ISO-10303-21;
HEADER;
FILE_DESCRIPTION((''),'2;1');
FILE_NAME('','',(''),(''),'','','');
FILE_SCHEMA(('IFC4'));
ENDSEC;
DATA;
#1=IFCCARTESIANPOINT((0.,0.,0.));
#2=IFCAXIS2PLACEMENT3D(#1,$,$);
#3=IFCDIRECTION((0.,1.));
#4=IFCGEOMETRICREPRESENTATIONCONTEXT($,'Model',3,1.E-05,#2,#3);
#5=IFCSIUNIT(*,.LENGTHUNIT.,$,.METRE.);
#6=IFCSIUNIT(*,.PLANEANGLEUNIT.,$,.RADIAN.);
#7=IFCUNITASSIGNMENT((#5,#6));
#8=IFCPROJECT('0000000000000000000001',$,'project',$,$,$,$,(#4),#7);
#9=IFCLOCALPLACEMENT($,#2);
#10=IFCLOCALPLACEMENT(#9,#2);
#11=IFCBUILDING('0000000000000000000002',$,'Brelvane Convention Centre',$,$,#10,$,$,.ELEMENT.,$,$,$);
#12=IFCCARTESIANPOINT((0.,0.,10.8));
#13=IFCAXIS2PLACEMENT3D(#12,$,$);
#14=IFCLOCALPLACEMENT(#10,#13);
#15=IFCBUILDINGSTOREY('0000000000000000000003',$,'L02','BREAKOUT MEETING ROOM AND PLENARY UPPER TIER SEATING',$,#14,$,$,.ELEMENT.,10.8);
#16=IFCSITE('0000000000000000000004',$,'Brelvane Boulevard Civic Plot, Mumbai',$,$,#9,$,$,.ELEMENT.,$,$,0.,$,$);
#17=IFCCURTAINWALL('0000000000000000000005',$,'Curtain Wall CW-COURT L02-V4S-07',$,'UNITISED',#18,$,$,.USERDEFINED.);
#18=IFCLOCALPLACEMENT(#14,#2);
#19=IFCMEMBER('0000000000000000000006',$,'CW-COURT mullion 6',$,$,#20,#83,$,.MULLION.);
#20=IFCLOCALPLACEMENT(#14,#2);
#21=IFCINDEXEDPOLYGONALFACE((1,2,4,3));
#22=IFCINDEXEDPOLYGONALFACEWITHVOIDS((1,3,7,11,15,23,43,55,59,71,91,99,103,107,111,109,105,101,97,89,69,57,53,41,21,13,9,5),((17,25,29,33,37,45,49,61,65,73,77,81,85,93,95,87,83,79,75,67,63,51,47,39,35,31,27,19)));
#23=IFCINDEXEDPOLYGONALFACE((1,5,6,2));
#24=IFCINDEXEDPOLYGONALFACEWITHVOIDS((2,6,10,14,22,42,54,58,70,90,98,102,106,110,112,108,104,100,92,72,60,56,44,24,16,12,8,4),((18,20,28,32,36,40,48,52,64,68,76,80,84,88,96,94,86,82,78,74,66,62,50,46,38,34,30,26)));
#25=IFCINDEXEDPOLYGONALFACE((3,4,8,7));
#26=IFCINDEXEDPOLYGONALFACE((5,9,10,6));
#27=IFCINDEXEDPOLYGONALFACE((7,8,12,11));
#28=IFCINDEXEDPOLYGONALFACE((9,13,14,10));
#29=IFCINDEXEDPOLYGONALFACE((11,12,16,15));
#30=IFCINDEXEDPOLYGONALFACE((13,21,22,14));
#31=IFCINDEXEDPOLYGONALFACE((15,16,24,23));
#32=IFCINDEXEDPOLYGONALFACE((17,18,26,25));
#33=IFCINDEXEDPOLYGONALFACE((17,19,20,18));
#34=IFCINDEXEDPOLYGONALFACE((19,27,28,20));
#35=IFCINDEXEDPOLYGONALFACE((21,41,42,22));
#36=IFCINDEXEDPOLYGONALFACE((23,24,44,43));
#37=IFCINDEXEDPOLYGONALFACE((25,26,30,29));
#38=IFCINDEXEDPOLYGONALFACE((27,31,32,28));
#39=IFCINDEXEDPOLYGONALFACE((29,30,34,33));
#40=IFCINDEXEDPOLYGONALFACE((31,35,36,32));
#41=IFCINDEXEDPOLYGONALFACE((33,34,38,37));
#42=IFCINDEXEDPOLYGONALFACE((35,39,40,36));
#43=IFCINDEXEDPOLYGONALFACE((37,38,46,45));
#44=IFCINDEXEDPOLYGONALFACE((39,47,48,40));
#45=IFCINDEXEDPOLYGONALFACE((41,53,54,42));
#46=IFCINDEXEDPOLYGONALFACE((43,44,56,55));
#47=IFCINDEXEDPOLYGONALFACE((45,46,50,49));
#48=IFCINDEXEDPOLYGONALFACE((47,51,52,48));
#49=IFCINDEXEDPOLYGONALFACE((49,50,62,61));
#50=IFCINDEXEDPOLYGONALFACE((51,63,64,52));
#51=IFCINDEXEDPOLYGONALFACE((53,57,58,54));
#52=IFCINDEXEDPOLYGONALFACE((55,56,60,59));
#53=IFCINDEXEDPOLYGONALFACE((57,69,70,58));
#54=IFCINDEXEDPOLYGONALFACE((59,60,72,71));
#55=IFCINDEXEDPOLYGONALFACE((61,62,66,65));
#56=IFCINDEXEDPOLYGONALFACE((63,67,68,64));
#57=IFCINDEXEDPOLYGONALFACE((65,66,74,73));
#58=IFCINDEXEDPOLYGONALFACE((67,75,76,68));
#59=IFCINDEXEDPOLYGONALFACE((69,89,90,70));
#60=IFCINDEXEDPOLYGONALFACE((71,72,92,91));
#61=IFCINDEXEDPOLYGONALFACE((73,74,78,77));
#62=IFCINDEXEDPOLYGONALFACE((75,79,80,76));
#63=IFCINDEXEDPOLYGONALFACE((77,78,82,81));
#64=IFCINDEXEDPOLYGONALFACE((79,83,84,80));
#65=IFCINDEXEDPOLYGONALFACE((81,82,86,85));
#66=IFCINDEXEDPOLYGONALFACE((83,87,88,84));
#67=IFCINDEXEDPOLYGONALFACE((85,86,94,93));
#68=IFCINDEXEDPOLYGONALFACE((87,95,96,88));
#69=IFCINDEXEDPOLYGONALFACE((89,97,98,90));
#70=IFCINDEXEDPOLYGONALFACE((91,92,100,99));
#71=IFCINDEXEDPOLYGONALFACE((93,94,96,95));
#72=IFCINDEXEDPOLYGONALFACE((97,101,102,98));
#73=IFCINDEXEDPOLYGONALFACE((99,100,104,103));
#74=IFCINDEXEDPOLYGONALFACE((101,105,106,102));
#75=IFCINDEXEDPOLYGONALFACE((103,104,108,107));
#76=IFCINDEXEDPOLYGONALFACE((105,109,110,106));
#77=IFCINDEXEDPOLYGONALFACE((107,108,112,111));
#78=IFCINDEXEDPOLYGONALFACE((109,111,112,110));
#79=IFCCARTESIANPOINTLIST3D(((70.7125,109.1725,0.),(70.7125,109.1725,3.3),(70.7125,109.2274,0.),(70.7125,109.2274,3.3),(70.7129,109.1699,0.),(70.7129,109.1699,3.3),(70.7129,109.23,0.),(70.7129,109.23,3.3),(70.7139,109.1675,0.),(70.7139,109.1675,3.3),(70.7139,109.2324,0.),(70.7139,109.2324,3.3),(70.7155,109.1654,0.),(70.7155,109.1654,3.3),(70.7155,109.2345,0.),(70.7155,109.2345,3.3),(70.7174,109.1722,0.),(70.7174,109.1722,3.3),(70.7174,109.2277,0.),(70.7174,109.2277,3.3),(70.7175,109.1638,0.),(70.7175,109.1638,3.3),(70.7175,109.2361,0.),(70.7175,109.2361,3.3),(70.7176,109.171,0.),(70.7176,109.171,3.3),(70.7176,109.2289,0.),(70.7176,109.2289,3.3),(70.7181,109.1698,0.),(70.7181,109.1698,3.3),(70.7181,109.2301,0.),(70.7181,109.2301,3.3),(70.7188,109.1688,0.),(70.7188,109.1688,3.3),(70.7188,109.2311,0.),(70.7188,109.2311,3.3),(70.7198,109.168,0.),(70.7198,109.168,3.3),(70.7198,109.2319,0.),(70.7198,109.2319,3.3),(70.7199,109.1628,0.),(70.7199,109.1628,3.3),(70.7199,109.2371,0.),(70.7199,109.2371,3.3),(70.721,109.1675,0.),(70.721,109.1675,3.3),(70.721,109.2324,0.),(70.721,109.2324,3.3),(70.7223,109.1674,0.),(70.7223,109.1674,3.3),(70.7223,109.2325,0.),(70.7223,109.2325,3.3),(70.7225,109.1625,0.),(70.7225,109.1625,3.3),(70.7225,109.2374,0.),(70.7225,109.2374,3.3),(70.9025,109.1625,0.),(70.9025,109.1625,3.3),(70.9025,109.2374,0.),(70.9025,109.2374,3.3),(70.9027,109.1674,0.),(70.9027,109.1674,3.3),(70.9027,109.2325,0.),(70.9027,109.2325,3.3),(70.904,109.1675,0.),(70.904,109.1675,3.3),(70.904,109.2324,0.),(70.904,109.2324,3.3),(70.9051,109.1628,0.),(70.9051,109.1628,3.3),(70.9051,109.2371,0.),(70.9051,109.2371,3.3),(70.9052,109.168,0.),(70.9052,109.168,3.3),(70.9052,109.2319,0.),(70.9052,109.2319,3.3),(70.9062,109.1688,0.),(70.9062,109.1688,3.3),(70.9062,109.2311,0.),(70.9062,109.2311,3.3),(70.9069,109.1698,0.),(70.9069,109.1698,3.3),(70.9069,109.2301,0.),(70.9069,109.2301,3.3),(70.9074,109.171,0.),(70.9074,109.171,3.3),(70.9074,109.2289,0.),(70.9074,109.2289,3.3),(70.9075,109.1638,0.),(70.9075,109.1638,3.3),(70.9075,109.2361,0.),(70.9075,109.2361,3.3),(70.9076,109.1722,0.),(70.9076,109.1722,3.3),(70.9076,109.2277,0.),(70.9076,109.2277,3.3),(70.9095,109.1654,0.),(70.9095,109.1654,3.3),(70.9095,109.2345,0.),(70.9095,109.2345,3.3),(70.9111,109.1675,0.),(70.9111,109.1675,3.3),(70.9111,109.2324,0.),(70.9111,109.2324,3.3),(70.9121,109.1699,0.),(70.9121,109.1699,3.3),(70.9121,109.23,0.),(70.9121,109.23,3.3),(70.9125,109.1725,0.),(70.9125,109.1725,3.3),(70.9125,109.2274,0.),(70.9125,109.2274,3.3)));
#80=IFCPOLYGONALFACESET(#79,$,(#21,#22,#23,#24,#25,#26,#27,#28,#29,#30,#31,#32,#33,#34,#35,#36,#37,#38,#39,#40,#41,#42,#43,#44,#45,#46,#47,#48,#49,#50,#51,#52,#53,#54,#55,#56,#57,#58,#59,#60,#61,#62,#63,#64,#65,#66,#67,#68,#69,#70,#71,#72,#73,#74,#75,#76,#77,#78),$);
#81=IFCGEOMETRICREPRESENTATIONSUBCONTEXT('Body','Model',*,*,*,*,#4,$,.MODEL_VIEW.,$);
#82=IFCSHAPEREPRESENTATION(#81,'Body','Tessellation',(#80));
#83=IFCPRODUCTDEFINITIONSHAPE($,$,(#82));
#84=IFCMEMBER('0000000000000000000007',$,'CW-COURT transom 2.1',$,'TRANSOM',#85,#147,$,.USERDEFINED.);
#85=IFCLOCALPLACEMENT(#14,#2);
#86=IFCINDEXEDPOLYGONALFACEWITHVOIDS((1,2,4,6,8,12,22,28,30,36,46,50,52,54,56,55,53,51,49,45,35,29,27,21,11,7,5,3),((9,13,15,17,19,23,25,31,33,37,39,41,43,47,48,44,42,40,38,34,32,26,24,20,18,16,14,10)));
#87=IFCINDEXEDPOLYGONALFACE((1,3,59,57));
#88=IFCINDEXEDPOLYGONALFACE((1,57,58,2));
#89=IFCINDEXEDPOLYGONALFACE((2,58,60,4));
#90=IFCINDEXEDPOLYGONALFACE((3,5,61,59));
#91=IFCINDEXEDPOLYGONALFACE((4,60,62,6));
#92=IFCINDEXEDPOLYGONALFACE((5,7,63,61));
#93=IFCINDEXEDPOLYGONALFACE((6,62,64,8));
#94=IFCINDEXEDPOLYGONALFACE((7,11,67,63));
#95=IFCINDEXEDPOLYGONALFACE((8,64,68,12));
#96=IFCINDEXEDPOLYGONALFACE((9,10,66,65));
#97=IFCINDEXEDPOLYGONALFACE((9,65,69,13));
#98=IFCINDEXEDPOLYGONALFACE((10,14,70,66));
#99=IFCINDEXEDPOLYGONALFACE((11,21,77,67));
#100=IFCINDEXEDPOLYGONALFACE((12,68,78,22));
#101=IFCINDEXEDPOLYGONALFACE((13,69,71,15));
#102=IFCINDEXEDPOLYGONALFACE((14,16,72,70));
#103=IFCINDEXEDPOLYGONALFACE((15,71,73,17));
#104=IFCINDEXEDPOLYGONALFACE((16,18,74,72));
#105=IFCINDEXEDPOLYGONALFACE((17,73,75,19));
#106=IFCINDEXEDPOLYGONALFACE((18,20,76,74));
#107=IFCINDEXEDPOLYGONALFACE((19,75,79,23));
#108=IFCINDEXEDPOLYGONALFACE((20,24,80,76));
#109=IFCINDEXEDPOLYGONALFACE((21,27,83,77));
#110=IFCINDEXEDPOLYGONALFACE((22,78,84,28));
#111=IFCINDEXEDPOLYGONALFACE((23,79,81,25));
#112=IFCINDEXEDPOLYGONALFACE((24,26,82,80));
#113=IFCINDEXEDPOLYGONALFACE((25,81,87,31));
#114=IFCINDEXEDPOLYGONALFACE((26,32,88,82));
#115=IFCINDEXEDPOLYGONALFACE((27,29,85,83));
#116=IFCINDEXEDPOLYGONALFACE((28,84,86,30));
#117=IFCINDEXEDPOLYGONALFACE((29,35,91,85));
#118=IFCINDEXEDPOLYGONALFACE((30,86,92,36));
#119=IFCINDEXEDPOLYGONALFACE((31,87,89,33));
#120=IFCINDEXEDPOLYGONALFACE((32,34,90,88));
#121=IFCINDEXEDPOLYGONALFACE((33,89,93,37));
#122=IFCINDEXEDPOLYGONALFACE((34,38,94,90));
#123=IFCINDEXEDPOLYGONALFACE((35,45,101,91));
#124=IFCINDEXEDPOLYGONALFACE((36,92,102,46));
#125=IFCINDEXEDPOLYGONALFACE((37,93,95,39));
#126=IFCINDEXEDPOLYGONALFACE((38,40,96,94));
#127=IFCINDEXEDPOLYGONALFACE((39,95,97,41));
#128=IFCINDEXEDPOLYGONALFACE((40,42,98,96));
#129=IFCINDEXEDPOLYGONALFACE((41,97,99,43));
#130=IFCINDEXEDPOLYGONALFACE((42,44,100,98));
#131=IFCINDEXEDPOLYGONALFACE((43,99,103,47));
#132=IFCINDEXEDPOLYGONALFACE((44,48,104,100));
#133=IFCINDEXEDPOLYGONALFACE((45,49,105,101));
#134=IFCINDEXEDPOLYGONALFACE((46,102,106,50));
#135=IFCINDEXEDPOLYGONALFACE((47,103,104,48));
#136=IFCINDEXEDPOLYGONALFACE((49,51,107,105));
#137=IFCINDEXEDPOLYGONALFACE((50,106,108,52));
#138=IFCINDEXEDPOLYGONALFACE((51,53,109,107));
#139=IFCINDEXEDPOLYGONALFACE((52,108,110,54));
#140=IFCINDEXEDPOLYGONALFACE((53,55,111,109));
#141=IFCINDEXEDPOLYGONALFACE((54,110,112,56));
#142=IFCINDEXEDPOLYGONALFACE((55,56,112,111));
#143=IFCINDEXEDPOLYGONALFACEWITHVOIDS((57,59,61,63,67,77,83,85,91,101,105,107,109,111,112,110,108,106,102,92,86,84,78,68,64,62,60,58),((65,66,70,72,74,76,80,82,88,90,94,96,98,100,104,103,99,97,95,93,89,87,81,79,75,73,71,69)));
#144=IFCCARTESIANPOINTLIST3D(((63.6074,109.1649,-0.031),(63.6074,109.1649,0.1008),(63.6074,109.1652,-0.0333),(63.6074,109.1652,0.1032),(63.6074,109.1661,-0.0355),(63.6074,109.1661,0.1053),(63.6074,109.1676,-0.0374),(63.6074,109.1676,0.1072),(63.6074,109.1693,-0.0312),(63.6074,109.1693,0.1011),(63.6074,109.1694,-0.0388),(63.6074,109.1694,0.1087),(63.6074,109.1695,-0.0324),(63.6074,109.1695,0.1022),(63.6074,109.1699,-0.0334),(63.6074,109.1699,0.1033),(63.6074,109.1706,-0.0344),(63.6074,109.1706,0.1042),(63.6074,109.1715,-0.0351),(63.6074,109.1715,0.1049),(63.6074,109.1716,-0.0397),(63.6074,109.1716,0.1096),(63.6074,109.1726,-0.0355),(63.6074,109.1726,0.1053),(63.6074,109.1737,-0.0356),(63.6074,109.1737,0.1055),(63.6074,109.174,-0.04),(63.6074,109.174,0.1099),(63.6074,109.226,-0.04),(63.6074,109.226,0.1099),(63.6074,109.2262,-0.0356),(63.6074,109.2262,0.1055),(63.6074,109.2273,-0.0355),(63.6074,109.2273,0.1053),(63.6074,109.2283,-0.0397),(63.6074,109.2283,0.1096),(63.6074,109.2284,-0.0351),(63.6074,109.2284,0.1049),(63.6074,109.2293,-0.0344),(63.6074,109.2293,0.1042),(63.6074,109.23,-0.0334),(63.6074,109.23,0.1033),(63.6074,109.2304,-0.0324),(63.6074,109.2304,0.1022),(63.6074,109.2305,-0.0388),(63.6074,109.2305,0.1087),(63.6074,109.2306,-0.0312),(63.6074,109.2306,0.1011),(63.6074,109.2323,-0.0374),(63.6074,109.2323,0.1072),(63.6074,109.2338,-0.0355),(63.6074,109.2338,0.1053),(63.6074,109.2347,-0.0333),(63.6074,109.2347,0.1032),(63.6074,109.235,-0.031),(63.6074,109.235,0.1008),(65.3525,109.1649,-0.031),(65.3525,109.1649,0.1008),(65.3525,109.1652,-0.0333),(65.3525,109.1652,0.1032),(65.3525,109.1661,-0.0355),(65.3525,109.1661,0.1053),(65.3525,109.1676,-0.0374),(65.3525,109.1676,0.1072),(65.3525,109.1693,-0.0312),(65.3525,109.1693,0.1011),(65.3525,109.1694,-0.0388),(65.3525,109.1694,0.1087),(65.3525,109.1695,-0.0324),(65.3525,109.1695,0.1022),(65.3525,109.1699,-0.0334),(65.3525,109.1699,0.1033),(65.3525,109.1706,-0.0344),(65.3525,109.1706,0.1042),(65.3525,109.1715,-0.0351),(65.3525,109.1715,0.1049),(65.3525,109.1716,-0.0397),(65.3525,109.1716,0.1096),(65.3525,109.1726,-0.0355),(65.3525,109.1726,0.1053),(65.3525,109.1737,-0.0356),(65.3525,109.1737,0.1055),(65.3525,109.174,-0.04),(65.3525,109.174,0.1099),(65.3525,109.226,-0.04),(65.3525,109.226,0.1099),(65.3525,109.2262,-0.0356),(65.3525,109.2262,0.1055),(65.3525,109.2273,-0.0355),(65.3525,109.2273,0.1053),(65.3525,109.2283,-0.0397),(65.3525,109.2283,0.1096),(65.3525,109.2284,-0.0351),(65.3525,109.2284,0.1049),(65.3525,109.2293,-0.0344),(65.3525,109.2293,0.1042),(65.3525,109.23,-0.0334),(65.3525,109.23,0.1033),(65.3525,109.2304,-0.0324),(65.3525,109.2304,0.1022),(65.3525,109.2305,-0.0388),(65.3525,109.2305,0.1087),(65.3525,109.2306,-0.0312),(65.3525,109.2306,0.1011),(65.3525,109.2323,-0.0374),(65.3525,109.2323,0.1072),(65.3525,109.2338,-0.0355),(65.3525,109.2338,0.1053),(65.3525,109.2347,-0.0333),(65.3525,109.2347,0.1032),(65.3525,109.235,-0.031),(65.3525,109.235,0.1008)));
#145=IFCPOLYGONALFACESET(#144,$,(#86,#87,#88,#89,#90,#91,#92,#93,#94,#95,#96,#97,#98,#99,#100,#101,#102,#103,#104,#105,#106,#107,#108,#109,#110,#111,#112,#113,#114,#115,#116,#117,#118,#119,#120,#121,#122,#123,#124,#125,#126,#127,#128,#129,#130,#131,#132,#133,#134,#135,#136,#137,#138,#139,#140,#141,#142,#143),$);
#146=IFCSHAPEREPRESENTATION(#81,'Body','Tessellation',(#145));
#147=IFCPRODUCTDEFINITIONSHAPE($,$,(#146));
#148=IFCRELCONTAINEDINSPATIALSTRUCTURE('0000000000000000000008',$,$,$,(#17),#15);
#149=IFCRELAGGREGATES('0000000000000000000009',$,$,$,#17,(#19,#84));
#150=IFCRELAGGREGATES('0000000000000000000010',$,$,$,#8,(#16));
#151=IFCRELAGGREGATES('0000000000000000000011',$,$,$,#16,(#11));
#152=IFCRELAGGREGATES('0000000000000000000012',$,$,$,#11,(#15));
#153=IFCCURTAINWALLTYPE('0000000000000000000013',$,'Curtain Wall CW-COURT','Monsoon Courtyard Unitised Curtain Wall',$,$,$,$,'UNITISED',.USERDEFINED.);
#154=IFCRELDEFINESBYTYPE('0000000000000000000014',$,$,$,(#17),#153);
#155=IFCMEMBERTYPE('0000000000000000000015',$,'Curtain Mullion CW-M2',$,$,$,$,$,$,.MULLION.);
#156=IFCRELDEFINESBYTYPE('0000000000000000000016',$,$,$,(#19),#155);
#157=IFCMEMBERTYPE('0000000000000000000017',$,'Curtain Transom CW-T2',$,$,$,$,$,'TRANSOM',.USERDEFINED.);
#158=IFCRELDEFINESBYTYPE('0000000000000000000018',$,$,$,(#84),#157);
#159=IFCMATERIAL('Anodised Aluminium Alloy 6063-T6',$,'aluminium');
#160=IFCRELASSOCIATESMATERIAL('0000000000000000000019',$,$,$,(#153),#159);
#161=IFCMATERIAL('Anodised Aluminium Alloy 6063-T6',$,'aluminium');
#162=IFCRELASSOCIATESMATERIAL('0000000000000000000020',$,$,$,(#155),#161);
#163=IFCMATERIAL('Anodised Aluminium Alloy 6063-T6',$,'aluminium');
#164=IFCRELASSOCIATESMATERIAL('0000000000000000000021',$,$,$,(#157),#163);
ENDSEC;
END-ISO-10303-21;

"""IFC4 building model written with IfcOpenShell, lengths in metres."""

from ifc_helpers import new_model, si_unit, direction, frame, origin, origin_2d, place, context, subcontext, project, spatial, hollow_rectangle, extrude, material, material_profile, profile_set, type_object, element, aggregate, save


model = new_model("IFC4")

# Units and contexts
model_context = context("Model", 3, precision=1e-05, world=origin(), true_north=direction((0.0, 1.0)))
body_context = subcontext(model_context, "Body", "Model", "MODEL_VIEW")
ifc_project = project(units=[si_unit("LENGTHUNIT", "METRE"), si_unit("PLANEANGLEUNIT", "RADIAN")], contexts=[model_context])

# Site, building, storey
site_placement = place(None, origin())
site = spatial("IfcSite", under=ifc_project, at=site_placement, Name="Brelvane Boulevard Civic Plot, Mumbai", CompositionType="ELEMENT", RefElevation=0.0)
building_placement = place(site_placement, origin())
building = spatial("IfcBuilding", under=site, at=building_placement, Name="Brelvane Convention Centre", CompositionType="ELEMENT")
storey_placement = place(building_placement, frame((0.0, 0.0, 10.8)))
storey = spatial("IfcBuildingStorey", under=building, at=storey_placement, Name="L02", Description="BREAKOUT MEETING ROOM AND PLENARY UPPER TIER SEATING", CompositionType="ELEMENT", Elevation=10.8)

# Curtain wall, members
ifc_material_1 = material(Name="Anodised Aluminium Alloy 6063-T6", Category="aluminium")
curtain_wall_type = type_object("IfcCurtainWallType", Name="Curtain Wall CW-COURT", Description="Monsoon Courtyard Unitised Curtain Wall", ElementType="UNITISED", PredefinedType="USERDEFINED", material=ifc_material_1)
curtain_wall_placement = place(storey_placement, origin())
curtain_wall = element("IfcCurtainWall", 1, at=curtain_wall_placement, inside=storey, type_object=curtain_wall_type, Name="Curtain Wall CW-COURT L02-V4S-07", ObjectType="UNITISED", PredefinedType="USERDEFINED")
ifc_material_2 = material(Name="Anodised Aluminium Alloy 6063-T6", Category="aluminium")
ifc_material_profile_1 = material_profile(ifc_material_2, hollow_rectangle(XDim=0.075, YDim=0.2, WallThickness=0.0049, InnerFilletRadius=0.0049, OuterFilletRadius=0.01, at=origin_2d()), Name="ALU-M 200x75x5.0")
ifc_profile_set_1 = profile_set([ifc_material_profile_1], Name="Anodised Aluminium Alloy 6063-T6")
member_type_1 = type_object("IfcMemberType", Name="Curtain Mullion CW-M2", PredefinedType="MULLION", material=ifc_profile_set_1)
member_1_placement = place(storey_placement, frame((70.8125, 109.2, 0.0), z_axis=(0.0, 0.0, 1.0), x_axis=(0.0, 1.0, 0.0)))
member_1 = element("IfcMember", 2, at=member_1_placement, type_object=member_type_1, Name="CW-COURT mullion 6", PredefinedType="MULLION", context=body_context, shape_type="SweptSolid", body=[
    extrude(hollow_rectangle(XDim=0.075, YDim=0.2, WallThickness=0.0049, InnerFilletRadius=0.0049, OuterFilletRadius=0.01, at=origin_2d()), origin(), (0.0, 0.0, 1.0), 3.3),
])
ifc_material_3 = material(Name="Anodised Aluminium Alloy 6063-T6", Category="aluminium")
ifc_material_profile_2 = material_profile(ifc_material_3, hollow_rectangle(XDim=0.0701, YDim=0.1499, WallThickness=0.0044, InnerFilletRadius=0.0044, OuterFilletRadius=0.009, at=origin_2d()), Name="ALU-T 150x70x4.5")
ifc_profile_set_2 = profile_set([ifc_material_profile_2], Name="Anodised Aluminium Alloy 6063-T6")
member_type_2 = type_object("IfcMemberType", Name="Curtain Transom CW-T2", ElementType="TRANSOM", PredefinedType="USERDEFINED", material=ifc_profile_set_2)
member_2_placement = place(storey_placement, frame((63.6074, 109.2, 0.0349), z_axis=(1.0, 0.0, 0.0), x_axis=(0.0, 1.0, 0.0)))
member_2 = element("IfcMember", 3, at=member_2_placement, type_object=member_type_2, Name="CW-COURT transom 2.1", ObjectType="TRANSOM", PredefinedType="USERDEFINED", context=body_context, shape_type="SweptSolid", body=[
    extrude(hollow_rectangle(XDim=0.0701, YDim=0.1499, WallThickness=0.0044, InnerFilletRadius=0.0044, OuterFilletRadius=0.009, at=origin_2d()), origin(), (0.0, 0.0, 1.0), 1.7451),
])

aggregate(curtain_wall, [member_1, member_2])

save(model, "model.ifc")
